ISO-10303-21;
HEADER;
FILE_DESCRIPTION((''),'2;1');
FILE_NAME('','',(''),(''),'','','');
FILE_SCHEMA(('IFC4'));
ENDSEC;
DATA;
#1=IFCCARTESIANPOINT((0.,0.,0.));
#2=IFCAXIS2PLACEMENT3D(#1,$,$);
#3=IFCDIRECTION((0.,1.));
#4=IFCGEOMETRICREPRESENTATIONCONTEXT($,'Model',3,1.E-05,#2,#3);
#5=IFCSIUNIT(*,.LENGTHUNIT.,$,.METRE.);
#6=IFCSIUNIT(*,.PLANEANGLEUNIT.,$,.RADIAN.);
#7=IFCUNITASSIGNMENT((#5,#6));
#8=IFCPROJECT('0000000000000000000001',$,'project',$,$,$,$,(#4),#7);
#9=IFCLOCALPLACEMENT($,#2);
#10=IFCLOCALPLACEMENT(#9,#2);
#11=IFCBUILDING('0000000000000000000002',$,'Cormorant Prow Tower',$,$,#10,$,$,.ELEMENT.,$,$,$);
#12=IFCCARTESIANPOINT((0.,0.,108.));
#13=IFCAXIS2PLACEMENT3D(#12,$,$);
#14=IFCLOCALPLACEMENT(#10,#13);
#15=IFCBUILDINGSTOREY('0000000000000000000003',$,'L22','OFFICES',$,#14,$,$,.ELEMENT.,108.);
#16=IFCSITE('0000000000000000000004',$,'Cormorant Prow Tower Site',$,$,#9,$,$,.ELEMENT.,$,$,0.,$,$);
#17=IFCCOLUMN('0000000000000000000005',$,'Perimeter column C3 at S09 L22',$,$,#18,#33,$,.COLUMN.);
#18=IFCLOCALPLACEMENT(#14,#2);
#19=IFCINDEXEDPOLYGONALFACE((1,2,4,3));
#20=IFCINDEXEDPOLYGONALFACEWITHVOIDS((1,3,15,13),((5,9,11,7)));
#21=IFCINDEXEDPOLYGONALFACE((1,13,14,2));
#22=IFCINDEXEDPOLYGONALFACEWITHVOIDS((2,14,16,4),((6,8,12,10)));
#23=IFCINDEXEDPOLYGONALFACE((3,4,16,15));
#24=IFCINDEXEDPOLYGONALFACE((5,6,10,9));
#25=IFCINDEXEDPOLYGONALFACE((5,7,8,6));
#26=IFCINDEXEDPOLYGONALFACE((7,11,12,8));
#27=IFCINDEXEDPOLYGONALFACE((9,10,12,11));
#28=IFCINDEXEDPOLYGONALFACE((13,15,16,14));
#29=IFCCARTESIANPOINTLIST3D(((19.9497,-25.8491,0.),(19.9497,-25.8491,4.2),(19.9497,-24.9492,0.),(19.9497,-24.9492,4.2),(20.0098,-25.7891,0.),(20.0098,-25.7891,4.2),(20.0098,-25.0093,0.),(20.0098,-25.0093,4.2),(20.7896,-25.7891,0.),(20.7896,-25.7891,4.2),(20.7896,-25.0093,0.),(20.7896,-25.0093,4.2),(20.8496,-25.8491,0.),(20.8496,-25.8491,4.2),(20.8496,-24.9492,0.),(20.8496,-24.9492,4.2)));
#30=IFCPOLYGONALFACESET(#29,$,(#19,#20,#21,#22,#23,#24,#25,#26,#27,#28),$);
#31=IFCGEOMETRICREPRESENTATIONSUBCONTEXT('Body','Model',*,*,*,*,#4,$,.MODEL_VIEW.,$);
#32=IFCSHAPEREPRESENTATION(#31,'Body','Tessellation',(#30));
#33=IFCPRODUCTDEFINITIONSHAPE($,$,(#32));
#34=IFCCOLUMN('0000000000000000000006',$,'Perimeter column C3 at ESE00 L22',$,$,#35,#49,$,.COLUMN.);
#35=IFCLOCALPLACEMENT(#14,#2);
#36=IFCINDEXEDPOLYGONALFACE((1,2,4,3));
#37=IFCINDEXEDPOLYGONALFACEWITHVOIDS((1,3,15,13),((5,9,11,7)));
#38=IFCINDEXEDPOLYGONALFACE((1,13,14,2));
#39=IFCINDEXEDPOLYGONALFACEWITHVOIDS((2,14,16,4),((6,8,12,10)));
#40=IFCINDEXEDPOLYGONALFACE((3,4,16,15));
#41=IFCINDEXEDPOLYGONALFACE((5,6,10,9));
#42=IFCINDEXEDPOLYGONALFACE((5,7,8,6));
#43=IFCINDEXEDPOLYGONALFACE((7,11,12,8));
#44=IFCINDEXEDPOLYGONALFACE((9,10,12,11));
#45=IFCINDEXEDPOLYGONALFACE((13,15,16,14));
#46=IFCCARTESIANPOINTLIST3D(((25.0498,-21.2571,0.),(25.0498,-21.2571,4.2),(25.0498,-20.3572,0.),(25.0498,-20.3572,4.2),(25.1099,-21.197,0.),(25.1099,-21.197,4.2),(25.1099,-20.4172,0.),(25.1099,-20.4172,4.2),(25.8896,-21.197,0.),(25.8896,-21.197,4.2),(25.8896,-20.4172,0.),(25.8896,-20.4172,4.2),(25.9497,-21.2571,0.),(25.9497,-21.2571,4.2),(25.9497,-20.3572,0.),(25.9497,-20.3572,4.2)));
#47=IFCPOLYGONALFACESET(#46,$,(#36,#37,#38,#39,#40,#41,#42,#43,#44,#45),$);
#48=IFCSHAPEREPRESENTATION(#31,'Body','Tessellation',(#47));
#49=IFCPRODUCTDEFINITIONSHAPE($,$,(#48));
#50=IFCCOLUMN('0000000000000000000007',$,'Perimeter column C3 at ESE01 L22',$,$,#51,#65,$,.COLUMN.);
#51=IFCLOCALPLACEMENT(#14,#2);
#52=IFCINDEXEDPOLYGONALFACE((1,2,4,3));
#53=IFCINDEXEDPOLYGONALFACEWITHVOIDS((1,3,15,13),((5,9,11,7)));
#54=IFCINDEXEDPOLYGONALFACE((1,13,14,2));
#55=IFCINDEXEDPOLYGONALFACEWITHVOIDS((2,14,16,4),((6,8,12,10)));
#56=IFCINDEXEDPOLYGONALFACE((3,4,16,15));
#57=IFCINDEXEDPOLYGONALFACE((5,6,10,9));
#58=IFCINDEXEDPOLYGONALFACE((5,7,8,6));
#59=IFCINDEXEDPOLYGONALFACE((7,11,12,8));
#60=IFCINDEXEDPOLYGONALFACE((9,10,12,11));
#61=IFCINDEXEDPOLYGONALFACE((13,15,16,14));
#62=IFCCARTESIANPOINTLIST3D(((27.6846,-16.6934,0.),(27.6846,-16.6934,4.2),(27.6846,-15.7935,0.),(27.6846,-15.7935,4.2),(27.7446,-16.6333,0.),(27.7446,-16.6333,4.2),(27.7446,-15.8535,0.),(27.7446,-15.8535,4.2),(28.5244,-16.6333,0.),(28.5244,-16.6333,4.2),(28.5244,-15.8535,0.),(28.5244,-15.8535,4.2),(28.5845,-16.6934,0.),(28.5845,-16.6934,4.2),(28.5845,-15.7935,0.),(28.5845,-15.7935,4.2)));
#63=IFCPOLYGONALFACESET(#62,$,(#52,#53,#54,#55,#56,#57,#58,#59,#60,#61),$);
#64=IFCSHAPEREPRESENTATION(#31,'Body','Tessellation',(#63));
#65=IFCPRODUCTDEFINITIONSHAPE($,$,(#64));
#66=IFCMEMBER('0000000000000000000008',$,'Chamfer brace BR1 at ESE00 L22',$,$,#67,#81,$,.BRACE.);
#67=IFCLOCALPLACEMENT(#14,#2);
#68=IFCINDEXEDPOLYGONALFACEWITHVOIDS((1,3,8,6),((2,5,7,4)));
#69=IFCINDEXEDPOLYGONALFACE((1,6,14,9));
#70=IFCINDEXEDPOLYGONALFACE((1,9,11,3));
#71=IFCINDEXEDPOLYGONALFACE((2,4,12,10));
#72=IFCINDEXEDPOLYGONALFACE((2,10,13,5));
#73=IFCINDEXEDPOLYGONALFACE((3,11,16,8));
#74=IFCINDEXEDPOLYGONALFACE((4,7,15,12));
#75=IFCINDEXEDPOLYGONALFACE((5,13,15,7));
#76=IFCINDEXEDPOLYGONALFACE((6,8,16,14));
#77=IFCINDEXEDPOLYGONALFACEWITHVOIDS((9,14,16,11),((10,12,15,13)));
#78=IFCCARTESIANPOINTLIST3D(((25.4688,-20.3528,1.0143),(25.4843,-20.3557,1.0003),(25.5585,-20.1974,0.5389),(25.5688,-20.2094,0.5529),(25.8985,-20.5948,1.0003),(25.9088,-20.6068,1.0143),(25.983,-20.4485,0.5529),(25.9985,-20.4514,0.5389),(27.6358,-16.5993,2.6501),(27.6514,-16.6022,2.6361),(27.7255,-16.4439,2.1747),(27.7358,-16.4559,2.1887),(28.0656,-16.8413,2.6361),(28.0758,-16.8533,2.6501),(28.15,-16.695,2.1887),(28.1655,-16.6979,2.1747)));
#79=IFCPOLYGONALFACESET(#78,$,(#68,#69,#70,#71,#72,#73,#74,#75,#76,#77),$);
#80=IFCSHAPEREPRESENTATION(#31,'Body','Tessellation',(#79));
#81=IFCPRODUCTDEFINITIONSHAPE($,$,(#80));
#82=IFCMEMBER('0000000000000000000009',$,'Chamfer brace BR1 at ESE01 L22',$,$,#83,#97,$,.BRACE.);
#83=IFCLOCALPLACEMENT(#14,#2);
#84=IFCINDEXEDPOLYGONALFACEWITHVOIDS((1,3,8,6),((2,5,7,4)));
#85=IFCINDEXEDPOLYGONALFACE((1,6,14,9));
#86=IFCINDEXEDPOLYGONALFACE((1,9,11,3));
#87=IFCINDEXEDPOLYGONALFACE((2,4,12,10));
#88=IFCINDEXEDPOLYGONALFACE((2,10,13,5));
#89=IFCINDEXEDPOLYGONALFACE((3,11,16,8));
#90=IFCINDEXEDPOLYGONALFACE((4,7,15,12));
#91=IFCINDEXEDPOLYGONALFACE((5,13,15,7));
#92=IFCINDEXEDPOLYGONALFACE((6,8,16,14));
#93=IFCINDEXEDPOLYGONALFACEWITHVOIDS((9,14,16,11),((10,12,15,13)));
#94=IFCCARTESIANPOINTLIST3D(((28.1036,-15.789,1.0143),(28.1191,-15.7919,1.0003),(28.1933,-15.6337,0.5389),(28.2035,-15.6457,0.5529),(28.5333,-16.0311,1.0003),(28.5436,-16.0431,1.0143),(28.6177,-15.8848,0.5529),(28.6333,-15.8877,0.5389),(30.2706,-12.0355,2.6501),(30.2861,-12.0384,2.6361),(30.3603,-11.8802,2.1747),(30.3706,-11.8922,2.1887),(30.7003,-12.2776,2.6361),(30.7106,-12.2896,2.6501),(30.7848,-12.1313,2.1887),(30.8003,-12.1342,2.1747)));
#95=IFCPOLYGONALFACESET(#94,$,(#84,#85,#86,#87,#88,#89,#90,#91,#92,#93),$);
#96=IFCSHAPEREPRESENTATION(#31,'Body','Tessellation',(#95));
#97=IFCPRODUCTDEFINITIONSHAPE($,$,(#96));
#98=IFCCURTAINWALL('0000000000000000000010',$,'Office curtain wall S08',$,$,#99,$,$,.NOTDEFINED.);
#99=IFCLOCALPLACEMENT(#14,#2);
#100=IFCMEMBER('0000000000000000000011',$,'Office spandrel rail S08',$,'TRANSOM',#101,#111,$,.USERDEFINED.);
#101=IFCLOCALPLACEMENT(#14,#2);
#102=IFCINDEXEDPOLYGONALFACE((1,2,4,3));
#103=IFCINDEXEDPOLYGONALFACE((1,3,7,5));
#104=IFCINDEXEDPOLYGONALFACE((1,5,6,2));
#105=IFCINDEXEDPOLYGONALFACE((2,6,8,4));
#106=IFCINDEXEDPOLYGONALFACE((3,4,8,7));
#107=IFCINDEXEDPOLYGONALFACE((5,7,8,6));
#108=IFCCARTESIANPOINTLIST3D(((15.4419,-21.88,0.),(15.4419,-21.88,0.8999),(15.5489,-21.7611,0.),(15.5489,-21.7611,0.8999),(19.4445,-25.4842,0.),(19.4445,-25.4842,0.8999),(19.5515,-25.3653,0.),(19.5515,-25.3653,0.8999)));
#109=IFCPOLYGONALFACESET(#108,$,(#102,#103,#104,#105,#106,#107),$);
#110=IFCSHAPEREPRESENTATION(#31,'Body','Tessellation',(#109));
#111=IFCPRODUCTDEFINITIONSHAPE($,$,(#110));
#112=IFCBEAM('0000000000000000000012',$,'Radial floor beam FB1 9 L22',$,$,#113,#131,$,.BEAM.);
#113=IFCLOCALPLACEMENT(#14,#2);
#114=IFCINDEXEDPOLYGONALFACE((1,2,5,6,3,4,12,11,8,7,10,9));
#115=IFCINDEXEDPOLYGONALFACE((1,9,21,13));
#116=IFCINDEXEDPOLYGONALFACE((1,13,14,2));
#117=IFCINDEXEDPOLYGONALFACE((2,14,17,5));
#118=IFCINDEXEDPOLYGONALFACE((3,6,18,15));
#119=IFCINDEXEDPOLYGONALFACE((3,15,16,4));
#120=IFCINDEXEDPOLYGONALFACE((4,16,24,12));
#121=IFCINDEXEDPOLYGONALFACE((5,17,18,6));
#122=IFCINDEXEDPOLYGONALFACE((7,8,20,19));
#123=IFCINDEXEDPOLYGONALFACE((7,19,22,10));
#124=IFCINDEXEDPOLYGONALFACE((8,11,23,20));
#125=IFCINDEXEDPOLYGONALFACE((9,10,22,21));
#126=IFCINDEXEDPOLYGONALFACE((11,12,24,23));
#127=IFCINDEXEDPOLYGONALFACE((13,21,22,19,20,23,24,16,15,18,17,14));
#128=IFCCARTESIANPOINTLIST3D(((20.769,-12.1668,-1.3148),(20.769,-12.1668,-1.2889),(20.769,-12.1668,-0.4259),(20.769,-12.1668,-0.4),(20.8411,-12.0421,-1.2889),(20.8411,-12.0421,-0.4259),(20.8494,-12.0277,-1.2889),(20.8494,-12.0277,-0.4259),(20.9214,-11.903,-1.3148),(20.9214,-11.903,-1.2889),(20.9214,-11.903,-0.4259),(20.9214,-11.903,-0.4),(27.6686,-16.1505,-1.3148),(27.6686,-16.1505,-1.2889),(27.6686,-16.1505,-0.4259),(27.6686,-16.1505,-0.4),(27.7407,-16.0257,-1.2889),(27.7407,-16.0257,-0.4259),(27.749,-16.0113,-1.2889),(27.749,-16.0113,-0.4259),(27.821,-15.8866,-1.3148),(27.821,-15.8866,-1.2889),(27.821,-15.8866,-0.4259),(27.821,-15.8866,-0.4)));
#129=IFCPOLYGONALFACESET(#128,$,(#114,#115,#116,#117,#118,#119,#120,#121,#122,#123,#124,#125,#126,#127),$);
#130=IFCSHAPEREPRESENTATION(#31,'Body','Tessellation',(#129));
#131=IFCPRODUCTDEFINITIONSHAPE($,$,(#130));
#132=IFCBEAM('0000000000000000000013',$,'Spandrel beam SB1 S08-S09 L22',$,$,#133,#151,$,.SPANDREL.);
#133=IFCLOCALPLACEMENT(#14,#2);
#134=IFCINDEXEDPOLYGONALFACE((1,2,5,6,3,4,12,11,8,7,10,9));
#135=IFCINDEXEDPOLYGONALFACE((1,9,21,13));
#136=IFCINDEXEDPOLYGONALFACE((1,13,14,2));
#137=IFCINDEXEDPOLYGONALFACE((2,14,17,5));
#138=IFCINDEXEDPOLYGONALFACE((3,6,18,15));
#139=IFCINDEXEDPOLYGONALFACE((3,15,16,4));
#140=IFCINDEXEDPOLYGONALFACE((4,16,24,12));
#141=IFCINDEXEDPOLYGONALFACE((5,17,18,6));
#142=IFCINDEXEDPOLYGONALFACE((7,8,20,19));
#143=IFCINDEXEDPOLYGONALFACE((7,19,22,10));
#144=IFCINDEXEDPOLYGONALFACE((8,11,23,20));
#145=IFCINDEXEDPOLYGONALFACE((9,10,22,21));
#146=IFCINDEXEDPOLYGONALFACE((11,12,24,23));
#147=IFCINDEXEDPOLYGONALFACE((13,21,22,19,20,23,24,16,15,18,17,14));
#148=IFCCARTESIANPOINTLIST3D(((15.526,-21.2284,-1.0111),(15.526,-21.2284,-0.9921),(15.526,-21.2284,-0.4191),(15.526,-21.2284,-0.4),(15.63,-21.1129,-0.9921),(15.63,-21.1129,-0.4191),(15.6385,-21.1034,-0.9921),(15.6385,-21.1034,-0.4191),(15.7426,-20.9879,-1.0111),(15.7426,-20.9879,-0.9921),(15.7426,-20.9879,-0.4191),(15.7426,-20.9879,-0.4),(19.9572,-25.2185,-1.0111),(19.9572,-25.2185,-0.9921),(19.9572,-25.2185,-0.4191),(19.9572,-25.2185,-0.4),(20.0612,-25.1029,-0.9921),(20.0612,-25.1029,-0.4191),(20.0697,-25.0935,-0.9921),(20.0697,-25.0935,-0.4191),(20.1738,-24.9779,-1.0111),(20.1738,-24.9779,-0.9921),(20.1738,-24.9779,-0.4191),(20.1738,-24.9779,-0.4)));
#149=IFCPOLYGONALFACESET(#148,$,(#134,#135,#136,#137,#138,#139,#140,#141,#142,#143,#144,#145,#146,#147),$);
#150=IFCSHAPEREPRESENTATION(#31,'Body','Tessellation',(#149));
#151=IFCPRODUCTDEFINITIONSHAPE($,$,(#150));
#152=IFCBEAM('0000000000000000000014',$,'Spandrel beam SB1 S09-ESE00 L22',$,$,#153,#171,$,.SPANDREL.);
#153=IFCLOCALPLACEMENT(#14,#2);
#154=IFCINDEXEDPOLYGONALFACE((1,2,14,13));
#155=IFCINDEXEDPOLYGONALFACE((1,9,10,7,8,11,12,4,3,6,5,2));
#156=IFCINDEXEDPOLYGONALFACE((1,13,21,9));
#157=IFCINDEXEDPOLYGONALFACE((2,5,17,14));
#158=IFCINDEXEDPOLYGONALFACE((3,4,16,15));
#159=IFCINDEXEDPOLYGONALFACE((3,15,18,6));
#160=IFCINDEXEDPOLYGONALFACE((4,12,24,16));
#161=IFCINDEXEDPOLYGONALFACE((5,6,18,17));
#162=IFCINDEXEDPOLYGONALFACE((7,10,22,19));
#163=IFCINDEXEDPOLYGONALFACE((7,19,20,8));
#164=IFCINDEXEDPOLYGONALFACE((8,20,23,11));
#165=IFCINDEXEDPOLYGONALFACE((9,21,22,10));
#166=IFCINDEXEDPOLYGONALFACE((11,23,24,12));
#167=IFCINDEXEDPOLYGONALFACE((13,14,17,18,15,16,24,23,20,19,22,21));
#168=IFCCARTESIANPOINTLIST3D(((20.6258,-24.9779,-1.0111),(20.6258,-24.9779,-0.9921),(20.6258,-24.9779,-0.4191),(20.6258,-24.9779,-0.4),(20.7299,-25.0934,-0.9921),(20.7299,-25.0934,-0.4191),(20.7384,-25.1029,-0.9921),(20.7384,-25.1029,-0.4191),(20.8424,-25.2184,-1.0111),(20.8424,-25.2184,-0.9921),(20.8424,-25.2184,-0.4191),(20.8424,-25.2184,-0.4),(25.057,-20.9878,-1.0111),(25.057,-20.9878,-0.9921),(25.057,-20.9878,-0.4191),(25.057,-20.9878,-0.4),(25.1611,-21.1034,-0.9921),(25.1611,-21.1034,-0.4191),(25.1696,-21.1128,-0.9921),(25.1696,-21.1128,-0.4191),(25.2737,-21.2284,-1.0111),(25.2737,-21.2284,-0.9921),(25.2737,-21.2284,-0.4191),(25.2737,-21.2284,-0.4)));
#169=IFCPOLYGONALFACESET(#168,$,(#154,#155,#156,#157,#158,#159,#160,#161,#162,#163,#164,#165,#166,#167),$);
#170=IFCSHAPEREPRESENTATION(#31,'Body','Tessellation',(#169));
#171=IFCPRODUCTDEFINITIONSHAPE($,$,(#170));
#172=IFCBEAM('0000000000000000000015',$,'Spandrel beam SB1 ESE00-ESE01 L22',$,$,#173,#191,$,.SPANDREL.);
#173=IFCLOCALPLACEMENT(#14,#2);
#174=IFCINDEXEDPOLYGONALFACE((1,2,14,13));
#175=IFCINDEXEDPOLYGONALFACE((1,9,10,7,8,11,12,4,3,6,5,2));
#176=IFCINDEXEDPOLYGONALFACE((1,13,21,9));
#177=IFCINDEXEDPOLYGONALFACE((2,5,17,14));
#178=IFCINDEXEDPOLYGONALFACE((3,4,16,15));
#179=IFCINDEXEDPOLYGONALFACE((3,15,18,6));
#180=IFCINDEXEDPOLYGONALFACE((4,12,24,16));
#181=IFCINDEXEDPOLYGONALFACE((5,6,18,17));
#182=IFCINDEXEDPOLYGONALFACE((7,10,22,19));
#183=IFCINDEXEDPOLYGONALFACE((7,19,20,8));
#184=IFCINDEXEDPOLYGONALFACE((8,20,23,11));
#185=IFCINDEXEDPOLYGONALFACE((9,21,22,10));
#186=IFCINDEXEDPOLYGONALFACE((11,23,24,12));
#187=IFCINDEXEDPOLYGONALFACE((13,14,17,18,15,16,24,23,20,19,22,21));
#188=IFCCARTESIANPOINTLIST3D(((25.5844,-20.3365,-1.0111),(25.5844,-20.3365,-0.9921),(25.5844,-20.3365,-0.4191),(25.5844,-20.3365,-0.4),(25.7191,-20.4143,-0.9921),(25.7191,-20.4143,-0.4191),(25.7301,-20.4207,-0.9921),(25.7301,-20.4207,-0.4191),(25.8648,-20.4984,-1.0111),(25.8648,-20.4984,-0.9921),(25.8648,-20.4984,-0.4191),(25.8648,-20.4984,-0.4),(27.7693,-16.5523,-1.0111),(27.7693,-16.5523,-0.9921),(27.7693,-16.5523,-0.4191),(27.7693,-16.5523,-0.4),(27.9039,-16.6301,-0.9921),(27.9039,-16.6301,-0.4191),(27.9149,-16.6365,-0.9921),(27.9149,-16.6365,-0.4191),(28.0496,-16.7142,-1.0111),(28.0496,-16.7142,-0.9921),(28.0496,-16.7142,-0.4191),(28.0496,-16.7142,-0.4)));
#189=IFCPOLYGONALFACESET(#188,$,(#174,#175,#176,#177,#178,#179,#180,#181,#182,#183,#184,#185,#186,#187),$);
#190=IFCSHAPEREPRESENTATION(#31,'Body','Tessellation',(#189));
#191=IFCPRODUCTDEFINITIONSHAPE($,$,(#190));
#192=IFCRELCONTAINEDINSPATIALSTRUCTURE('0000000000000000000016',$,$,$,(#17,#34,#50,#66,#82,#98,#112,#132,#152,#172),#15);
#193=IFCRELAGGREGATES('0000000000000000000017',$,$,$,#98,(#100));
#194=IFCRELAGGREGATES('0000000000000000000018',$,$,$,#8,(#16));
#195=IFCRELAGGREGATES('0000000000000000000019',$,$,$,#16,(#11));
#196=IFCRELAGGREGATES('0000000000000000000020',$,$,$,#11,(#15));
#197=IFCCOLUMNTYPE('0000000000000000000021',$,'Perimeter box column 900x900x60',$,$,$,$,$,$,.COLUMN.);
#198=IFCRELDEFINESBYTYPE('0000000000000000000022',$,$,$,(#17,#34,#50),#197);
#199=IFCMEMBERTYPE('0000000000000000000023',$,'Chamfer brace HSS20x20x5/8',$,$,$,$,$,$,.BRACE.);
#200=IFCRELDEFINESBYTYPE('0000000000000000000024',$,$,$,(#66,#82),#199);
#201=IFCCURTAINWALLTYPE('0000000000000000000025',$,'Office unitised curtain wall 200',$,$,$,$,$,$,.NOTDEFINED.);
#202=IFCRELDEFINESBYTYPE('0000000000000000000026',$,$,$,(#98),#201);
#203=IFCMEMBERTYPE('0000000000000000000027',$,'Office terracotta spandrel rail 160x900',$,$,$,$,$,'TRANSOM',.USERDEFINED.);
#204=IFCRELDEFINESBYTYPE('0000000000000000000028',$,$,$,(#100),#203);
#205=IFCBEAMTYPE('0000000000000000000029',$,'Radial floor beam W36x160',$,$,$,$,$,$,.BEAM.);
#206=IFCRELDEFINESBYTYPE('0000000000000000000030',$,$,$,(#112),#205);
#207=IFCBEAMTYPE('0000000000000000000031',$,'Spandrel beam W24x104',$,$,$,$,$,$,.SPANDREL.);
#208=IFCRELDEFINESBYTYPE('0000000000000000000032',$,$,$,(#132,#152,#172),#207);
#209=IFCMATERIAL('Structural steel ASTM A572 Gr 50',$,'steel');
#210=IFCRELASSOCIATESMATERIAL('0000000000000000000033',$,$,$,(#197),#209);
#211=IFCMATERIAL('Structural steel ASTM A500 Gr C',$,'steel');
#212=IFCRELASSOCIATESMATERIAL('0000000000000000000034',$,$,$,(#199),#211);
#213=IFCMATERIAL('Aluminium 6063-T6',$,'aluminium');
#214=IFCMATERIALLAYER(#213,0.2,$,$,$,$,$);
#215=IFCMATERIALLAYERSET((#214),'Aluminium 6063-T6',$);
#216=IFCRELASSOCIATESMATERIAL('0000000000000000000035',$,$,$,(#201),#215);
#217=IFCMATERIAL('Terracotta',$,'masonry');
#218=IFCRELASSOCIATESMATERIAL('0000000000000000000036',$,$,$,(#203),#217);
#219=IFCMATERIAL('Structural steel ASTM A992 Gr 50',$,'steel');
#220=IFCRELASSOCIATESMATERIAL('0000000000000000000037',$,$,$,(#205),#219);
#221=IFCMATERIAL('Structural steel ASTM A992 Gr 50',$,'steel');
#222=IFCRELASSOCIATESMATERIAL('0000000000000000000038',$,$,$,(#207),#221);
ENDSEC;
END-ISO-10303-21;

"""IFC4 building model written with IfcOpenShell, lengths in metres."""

from ifc_helpers import new_model, si_unit, direction, frame, origin, origin_2d, place, context, subcontext, project, spatial, rectangle, hollow_rectangle, i_section, extrude, material, layer, layer_set, material_profile, profile_set, type_object, element, aggregate, save


model = new_model("IFC4")

# Units and contexts
model_context = context("Model", 3, precision=1e-05, world=origin(), true_north=direction((0.0, 1.0)))
body_context = subcontext(model_context, "Body", "Model", "MODEL_VIEW")
ifc_project = project(units=[si_unit("LENGTHUNIT", "METRE"), si_unit("PLANEANGLEUNIT", "RADIAN")], contexts=[model_context])

# Site, building, storey
site_placement = place(None, origin())
site = spatial("IfcSite", under=ifc_project, at=site_placement, Name="Cormorant Prow Tower Site", CompositionType="ELEMENT", RefElevation=0.0)
building_placement = place(site_placement, origin())
building = spatial("IfcBuilding", under=site, at=building_placement, Name="Cormorant Prow Tower", CompositionType="ELEMENT")
storey_placement = place(building_placement, frame((0.0, 0.0, 108.0)))
storey = spatial("IfcBuildingStorey", under=building, at=storey_placement, Name="L22", Description="OFFICES", CompositionType="ELEMENT", Elevation=108.0)

# Columns
ifc_material_1 = material(Name="Structural steel ASTM A572 Gr 50", Category="steel")
ifc_material_profile_1 = material_profile(ifc_material_1, hollow_rectangle(XDim=0.8999, YDim=0.8999, WallThickness=0.0601, at=origin_2d()), Name="Box 900x900x60")
ifc_profile_set_1 = profile_set([ifc_material_profile_1], Name="Structural steel ASTM A572 Gr 50")
column_type = type_object("IfcColumnType", Name="Perimeter box column 900x900x60", PredefinedType="COLUMN", material=ifc_profile_set_1)
for number, where, z_axis, x_axis, name in (
    (1, (20.3997, -25.3992, 0.0), (0.0, 0.0, 1.0), (1.0, 0.0, 0.0), "Perimeter column C3 at S09 L22"),
    (2, (25.4998, -20.8071, 0.0), (0.0, 0.0, 1.0), (1.0, 0.0, 0.0), "Perimeter column C3 at ESE00 L22"),
    (3, (28.1345, -16.2434, 0.0), (0.0, 0.0, 1.0), (1.0, 0.0, 0.0), "Perimeter column C3 at ESE01 L22"),
):
    element("IfcColumn", number, at=place(storey_placement, frame(where, z_axis=z_axis, x_axis=x_axis)), inside=storey, type_object=column_type, Name=name, PredefinedType="COLUMN", context=body_context, shape_type="SweptSolid", body=[
        extrude(hollow_rectangle(XDim=0.8999, YDim=0.8999, WallThickness=0.0601, at=origin_2d()), origin(), (0.0, 0.0, 1.0), 4.2),
    ])

# Members
ifc_material_2 = material(Name="Structural steel ASTM A500 Gr C", Category="steel")
ifc_material_profile_2 = material_profile(ifc_material_2, hollow_rectangle(XDim=0.5081, YDim=0.5081, WallThickness=0.0149, at=origin_2d()), Name="HSS20x20x5/8")
ifc_profile_set_2 = profile_set([ifc_material_profile_2], Name="Structural steel ASTM A500 Gr C")
member_type_1 = type_object("IfcMemberType", Name="Chamfer brace HSS20x20x5/8", PredefinedType="BRACE", material=ifc_profile_set_2)
for number, where, z_axis, x_axis, name in (
    (4, (25.7336, -20.4021, 0.7766), (0.467785, 0.810244, 0.353105), (-0.86603, 0.499992, 0.0), "Chamfer brace BR1 at ESE00 L22"),
    (5, (28.3684, -15.8384, 0.7766), (0.467785, 0.810244, 0.353105), (-0.86603, 0.499992, 0.0), "Chamfer brace BR1 at ESE01 L22"),
):
    element("IfcMember", number, at=place(storey_placement, frame(where, z_axis=z_axis, x_axis=x_axis)), inside=storey, type_object=member_type_1, Name=name, PredefinedType="BRACE", context=body_context, shape_type="SweptSolid", body=[
        extrude(hollow_rectangle(XDim=0.5081, YDim=0.5081, WallThickness=0.0149, at=origin_2d()), origin(), (0.0, 0.0, 1.0), 4.6326),
    ])

# Curtain wall, member
ifc_material_3 = material(Name="Aluminium 6063-T6", Category="aluminium")
ifc_layer_1 = layer(ifc_material_3, 0.2)
ifc_layer_set_1 = layer_set([ifc_layer_1], Name="Aluminium 6063-T6")
curtain_wall_type = type_object("IfcCurtainWallType", Name="Office unitised curtain wall 200", PredefinedType="NOTDEFINED", material=ifc_layer_set_1)
curtain_wall_placement = place(storey_placement, origin())
curtain_wall = element("IfcCurtainWall", 6, at=curtain_wall_placement, inside=storey, type_object=curtain_wall_type, Name="Office curtain wall S08", PredefinedType="NOTDEFINED")
ifc_material_4 = material(Name="Terracotta", Category="masonry")
ifc_material_profile_3 = material_profile(ifc_material_4, rectangle(XDim=0.1599, YDim=0.8999, at=origin_2d()), Name="Office terracotta spandrel rail 160x900")
ifc_profile_set_3 = profile_set([ifc_material_profile_3], Name="Terracotta")
member_type_2 = type_object("IfcMemberType", Name="Office terracotta spandrel rail 160x900", ElementType="TRANSOM", PredefinedType="USERDEFINED", material=ifc_profile_set_3)
member_placement = place(storey_placement, frame((15.4954, -21.8206, 0.45), z_axis=(0.743125, -0.669153, 0.0), x_axis=(0.669153, 0.743125, 0.0)))
member = element("IfcMember", 7, at=member_placement, type_object=member_type_2, Name="Office spandrel rail S08", ObjectType="TRANSOM", PredefinedType="USERDEFINED", context=body_context, shape_type="SweptSolid", body=[
    extrude(rectangle(XDim=0.1599, YDim=0.8999, at=origin_2d()), origin(), (0.0, 0.0, 1.0), 5.3862),
])

# Beams
ifc_material_5 = material(Name="Structural steel ASTM A992 Gr 50", Category="steel")
ifc_material_profile_4 = material_profile(ifc_material_5, i_section(OverallWidth=0.3047, OverallDepth=0.9148, WebThickness=0.0166, FlangeThickness=0.0259, at=origin_2d()), Name="W36x160")
ifc_profile_set_4 = profile_set([ifc_material_profile_4], Name="Structural steel ASTM A992 Gr 50")
beam_type_1 = type_object("IfcBeamType", Name="Radial floor beam W36x160", PredefinedType="BEAM", material=ifc_profile_set_4)
beam_placement = place(storey_placement, frame((20.8452, -12.0349, -0.8574), z_axis=(0.866019, -0.500012, 0.0), x_axis=(0.500012, 0.866019, 0.0)))
element("IfcBeam", 8, at=beam_placement, inside=storey, type_object=beam_type_1, Name="Radial floor beam FB1 9 L22", PredefinedType="BEAM", context=body_context, shape_type="SweptSolid", body=[
    extrude(i_section(OverallWidth=0.3047, OverallDepth=0.9148, WebThickness=0.0166, FlangeThickness=0.0259, at=origin_2d()), origin(), (0.0, 0.0, 1.0), 7.967),
])
ifc_material_6 = material(Name="Structural steel ASTM A992 Gr 50", Category="steel")
ifc_material_profile_5 = material_profile(ifc_material_6, i_section(OverallWidth=0.3237, OverallDepth=0.6111, WebThickness=0.0127, FlangeThickness=0.019, at=origin_2d()), Name="W24x104")
ifc_profile_set_5 = profile_set([ifc_material_profile_5], Name="Structural steel ASTM A992 Gr 50")
beam_type_2 = type_object("IfcBeamType", Name="Spandrel beam W24x104", PredefinedType="SPANDREL", material=ifc_profile_set_5)
for number, where, z_axis, x_axis, name in (
    (9, (15.6343, -21.1082, -0.7056), (0.743131, -0.669146, 0.0), (0.669146, 0.743131, 0.0), "Spandrel beam SB1 S08-S09 L22"),
    (10, (20.7341, -25.0981, -0.7056), (0.743131, 0.669146, 0.0), (-0.669146, 0.743131, 0.0), "Spandrel beam SB1 S09-ESE00 L22"),
):
    element("IfcBeam", number, at=place(storey_placement, frame(where, z_axis=z_axis, x_axis=x_axis)), inside=storey, type_object=beam_type_2, Name=name, PredefinedType="SPANDREL", context=body_context, shape_type="SweptSolid", body=[
        extrude(i_section(OverallWidth=0.3237, OverallDepth=0.6111, WebThickness=0.0127, FlangeThickness=0.019, at=origin_2d()), origin(), (0.0, 0.0, 1.0), 5.9629),
    ])
for number, where, z_axis, x_axis, name in (
    (11, (25.7246, -20.4175, -0.7056), (0.500003, 0.866024, 0.0), (-0.866024, 0.500003, 0.0), "Spandrel beam SB1 ESE00-ESE01 L22"),
):
    element("IfcBeam", number, at=place(storey_placement, frame(where, z_axis=z_axis, x_axis=x_axis)), inside=storey, type_object=beam_type_2, Name=name, PredefinedType="SPANDREL", context=body_context, shape_type="SweptSolid", body=[
        extrude(i_section(OverallWidth=0.3237, OverallDepth=0.6111, WebThickness=0.0127, FlangeThickness=0.019, at=origin_2d()), origin(), (0.0, 0.0, 1.0), 4.3696),
    ])

aggregate(curtain_wall, [member])

save(model, "model.ifc")
